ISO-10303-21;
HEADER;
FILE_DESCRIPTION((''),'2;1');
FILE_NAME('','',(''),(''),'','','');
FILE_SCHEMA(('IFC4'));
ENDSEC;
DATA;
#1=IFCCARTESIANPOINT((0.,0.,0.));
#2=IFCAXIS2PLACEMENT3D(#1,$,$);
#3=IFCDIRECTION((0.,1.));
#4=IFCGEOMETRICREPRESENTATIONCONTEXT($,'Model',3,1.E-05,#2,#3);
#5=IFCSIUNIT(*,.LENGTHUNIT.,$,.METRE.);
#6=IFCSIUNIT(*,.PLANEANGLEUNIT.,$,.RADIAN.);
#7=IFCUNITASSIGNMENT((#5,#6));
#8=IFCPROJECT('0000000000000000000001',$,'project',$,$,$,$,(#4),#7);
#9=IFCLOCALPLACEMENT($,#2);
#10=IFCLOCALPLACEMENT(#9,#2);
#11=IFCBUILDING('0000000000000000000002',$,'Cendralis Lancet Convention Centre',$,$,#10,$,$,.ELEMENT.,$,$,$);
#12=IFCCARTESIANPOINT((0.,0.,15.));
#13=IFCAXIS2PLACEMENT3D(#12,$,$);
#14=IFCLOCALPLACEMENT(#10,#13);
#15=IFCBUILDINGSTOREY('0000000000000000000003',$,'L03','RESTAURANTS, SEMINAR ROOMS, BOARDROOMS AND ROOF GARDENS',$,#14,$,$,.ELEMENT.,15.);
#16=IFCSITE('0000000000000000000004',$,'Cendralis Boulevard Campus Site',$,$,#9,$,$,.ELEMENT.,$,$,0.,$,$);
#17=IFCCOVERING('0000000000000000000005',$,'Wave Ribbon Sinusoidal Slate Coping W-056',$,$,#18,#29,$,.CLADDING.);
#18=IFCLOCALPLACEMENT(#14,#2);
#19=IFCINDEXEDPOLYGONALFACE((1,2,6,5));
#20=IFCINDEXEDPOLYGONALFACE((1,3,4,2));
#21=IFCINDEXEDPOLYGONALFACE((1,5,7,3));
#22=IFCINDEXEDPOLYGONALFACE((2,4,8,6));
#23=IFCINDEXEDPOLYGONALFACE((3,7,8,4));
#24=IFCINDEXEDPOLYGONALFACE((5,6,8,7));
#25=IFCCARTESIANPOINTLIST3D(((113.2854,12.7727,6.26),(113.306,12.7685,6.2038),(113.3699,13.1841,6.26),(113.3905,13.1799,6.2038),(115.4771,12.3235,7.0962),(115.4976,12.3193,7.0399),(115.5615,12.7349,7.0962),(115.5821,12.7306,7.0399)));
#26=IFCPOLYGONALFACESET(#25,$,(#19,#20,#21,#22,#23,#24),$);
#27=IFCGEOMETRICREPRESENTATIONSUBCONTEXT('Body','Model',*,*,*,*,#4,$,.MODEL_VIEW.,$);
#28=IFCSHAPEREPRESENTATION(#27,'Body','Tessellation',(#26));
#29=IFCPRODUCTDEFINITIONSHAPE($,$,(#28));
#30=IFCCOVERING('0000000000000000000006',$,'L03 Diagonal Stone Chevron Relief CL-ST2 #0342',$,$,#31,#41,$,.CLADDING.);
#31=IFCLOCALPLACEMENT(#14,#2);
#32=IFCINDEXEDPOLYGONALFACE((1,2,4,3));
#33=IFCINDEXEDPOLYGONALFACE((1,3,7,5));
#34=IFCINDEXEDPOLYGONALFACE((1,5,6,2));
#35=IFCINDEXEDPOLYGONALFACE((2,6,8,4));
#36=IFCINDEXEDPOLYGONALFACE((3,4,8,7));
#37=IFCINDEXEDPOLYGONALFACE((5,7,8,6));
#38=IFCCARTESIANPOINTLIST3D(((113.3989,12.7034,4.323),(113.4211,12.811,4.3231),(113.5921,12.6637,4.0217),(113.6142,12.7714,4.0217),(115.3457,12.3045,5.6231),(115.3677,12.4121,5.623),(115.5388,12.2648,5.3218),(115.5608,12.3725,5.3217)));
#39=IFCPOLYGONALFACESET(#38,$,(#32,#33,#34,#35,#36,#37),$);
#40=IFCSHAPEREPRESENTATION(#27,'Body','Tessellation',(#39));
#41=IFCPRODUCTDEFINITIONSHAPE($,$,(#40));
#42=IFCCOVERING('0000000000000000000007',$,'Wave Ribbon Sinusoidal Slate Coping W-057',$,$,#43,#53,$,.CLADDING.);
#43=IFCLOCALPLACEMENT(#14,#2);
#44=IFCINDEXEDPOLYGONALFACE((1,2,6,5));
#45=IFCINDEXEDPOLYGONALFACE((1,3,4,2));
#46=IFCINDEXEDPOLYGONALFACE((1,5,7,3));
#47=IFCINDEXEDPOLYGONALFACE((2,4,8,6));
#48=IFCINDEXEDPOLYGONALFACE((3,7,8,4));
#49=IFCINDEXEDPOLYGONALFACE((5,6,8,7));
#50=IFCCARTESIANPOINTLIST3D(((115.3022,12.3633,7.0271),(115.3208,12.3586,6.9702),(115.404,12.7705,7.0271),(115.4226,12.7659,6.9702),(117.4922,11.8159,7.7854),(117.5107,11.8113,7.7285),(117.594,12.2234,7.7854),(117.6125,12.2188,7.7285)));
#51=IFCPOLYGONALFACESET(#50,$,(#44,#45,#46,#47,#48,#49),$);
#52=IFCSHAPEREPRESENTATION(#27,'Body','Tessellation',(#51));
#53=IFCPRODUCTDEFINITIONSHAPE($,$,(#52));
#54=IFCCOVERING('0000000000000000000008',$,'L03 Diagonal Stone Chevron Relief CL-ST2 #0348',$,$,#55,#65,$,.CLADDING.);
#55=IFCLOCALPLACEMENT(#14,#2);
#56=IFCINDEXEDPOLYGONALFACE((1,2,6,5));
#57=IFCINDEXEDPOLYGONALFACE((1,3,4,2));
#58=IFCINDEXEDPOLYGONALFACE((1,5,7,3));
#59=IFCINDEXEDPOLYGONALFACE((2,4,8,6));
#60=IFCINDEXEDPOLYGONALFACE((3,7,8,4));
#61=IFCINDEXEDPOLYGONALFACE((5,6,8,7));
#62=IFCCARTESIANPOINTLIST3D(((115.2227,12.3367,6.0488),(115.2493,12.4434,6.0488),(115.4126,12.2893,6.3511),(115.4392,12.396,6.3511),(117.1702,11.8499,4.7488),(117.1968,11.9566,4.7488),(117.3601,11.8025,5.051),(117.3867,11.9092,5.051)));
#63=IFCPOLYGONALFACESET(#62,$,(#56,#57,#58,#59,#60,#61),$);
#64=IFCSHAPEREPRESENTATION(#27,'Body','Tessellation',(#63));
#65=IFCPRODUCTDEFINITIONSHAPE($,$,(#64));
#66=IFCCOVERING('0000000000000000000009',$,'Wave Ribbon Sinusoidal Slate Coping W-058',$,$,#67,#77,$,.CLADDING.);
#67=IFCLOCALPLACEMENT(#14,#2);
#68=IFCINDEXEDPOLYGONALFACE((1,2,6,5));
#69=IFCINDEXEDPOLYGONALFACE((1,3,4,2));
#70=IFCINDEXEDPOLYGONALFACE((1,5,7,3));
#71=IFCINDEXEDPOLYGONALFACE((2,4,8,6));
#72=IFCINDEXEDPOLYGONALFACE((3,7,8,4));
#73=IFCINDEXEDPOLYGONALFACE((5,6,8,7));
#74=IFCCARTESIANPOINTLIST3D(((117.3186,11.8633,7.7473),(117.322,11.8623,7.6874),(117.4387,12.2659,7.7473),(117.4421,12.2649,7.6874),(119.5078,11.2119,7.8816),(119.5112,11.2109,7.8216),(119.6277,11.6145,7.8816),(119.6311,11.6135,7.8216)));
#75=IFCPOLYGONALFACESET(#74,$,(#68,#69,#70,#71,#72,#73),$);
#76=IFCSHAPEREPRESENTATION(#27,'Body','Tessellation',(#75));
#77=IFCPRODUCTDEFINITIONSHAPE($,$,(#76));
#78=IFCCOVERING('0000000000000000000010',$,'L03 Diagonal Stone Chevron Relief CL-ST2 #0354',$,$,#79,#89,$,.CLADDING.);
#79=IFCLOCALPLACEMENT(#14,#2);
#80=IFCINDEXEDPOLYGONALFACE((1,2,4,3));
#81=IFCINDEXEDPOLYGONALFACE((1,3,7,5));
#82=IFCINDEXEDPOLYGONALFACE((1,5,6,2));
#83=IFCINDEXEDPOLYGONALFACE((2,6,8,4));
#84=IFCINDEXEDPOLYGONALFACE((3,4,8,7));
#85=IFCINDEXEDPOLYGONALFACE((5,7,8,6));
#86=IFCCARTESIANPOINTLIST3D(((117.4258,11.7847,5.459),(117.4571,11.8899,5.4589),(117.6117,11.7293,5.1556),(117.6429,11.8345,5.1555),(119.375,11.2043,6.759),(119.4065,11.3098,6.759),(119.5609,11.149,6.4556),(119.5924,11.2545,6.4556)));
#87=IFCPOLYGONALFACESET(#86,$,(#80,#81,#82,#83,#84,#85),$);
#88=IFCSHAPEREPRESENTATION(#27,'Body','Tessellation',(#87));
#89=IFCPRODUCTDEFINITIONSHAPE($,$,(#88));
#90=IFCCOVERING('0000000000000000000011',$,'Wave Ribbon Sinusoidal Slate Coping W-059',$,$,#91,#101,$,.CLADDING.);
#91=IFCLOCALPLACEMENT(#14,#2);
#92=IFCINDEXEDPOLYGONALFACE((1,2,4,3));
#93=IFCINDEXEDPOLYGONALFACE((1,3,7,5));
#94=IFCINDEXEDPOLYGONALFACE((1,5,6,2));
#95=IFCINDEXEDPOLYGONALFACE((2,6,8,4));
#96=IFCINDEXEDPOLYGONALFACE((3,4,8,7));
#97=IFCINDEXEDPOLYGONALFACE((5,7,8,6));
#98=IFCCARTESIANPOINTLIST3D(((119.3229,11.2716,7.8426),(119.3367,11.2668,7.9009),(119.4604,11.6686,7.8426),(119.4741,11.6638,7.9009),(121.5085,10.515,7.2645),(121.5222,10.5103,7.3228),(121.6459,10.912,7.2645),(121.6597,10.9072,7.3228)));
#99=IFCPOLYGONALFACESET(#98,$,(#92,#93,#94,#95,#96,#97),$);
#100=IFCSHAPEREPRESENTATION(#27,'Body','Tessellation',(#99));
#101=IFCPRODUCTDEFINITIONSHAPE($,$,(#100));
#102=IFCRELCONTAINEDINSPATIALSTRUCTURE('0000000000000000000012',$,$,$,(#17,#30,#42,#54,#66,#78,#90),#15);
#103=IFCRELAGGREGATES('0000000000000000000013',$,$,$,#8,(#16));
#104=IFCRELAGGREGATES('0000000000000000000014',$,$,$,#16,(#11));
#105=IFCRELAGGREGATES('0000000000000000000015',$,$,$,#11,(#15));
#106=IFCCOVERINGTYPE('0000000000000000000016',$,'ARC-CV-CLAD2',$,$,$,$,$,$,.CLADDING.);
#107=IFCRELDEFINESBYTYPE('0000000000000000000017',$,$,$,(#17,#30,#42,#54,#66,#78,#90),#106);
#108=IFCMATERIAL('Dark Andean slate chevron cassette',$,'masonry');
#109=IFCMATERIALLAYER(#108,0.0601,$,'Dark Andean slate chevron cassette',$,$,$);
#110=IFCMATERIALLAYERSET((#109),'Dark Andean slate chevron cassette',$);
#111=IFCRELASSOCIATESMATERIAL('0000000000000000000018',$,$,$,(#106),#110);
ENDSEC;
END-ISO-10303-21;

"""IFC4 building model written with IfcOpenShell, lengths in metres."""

from ifc_helpers import new_model, si_unit, direction, frame, origin, place, context, subcontext, project, spatial, polyline, outline, extrude, material, layer, layer_set, type_object, element, save


model = new_model("IFC4")

# Units and contexts
model_context = context("Model", 3, precision=1e-05, world=origin(), true_north=direction((0.0, 1.0)))
body_context = subcontext(model_context, "Body", "Model", "MODEL_VIEW")
ifc_project = project(units=[si_unit("LENGTHUNIT", "METRE"), si_unit("PLANEANGLEUNIT", "RADIAN")], contexts=[model_context])

# Site, building, storey
site_placement = place(None, origin())
site = spatial("IfcSite", under=ifc_project, at=site_placement, Name="Cendralis Boulevard Campus Site", CompositionType="ELEMENT", RefElevation=0.0)
building_placement = place(site_placement, origin())
building = spatial("IfcBuilding", under=site, at=building_placement, Name="Cendralis Lancet Convention Centre", CompositionType="ELEMENT")
storey_placement = place(building_placement, frame((0.0, 0.0, 15.0)))
storey = spatial("IfcBuildingStorey", under=building, at=storey_placement, Name="L03", Description="RESTAURANTS, SEMINAR ROOMS, BOARDROOMS AND ROOF GARDENS", CompositionType="ELEMENT", Elevation=15.0)

# Shared definitions
ifc_material_1 = material(Name="Dark Andean slate chevron cassette", Category="masonry")

# Coverings
ifc_layer_1 = layer(ifc_material_1, 0.0601, Name="Dark Andean slate chevron cassette")
ifc_layer_set_1 = layer_set([ifc_layer_1], Name="Dark Andean slate chevron cassette")
covering_type_1 = type_object("IfcCoveringType", Name="ARC-CV-CLAD2", PredefinedType="CLADDING", material=ifc_layer_set_1)
covering_1_placement = place(storey_placement, frame((113.2854, 12.7727, 6.26), z_axis=(-0.342949, 0.070422, 0.93671), x_axis=(0.917633, -0.188086, 0.350105)))
element("IfcCovering", 1, at=covering_1_placement, inside=storey, type_object=covering_type_1, Name="Wave Ribbon Sinusoidal Slate Coping W-056", PredefinedType="CLADDING", context=body_context, shape_type="SweptSolid", body=[
    extrude(outline(polyline([(0.0, 0.0), (2.3884, 0.0), (2.3885, 0.42), (0.0001, 0.42), (0.0, 0.0)])), origin(), (0.0, 0.0, -1.0), 0.0601),
])
covering_2_placement = place(storey_placement, frame((113.3989, 12.7034, 4.323), z_axis=(-0.536304, 0.110058, 0.836818), x_axis=(0.819784, -0.167987, 0.547481)))
element("IfcCovering", 2, at=covering_2_placement, inside=storey, type_object=covering_type_1, Name="L03 Diagonal Stone Chevron Relief CL-ST2 #0342", PredefinedType="CLADDING", context=body_context, shape_type="SweptSolid", body=[
    extrude(outline(polyline([(0.0, 0.0), (2.3747, 0.0), (2.3746, 0.1099), (0.0001, 0.1099), (0.0, 0.0)])), origin(), (0.0, 0.0, -1.0), 0.3601),
])
covering_3_placement = place(storey_placement, frame((115.3022, 12.3633, 7.0271), z_axis=(-0.308944, 0.077213, 0.947941), x_axis=(0.91965, -0.229861, 0.318447)))
element("IfcCovering", 3, at=covering_3_placement, inside=storey, type_object=covering_type_1, Name="Wave Ribbon Sinusoidal Slate Coping W-057", PredefinedType="CLADDING", context=body_context, shape_type="SweptSolid", body=[
    extrude(outline(polyline([(0.0, 0.0), (2.3813, 0.0), (2.3812, 0.42), (0.0, 0.4198), (0.0, 0.0)])), origin(), (0.0, 0.0, -1.0), 0.0601),
])
covering_4_placement = place(storey_placement, frame((115.4126, 12.2893, 6.3511), z_axis=(0.527423, -0.131554, 0.839356), x_axis=(0.814301, -0.20355, -0.543582)))
element("IfcCovering", 4, at=covering_4_placement, inside=storey, type_object=covering_type_1, Name="L03 Diagonal Stone Chevron Relief CL-ST2 #0348", PredefinedType="CLADDING", context=body_context, shape_type="SweptSolid", body=[
    extrude(outline(polyline([(0.0, 0.0), (2.3916, 0.0), (2.3916, 0.11), (0.0, 0.11), (0.0, 0.0)])), origin(), (0.0, 0.0, -1.0), 0.3601),
])
covering_5_placement = place(storey_placement, frame((117.3186, 11.8633, 7.7473), z_axis=(-0.056245, 0.016764, 0.998276), x_axis=(0.956822, -0.284688, 0.058691)))
element("IfcCovering", 5, at=covering_5_placement, inside=storey, type_object=covering_type_1, Name="Wave Ribbon Sinusoidal Slate Coping W-058", PredefinedType="CLADDING", context=body_context, shape_type="SweptSolid", body=[
    extrude(outline(polyline([(0.0, 0.0), (2.288, 0.0), (2.2881, 0.4201), (0.0003, 0.4201), (0.0, 0.0)])), origin(), (0.0, 0.0, -1.0), 0.0601),
])
covering_6_placement = place(storey_placement, frame((117.4258, 11.7847, 5.459), z_axis=(-0.516176, 0.153716, 0.842576), x_axis=(0.807546, -0.240423, 0.538578)))
element("IfcCovering", 6, at=covering_6_placement, inside=storey, type_object=covering_type_1, Name="L03 Diagonal Stone Chevron Relief CL-ST2 #0354", PredefinedType="CLADDING", context=body_context, shape_type="SweptSolid", body=[
    extrude(outline(polyline([(0.0, 0.0), (2.4138, 0.0), (2.4139, 0.1101), (-0.0001, 0.1098), (0.0, 0.0)])), origin(), (0.0, 0.0, -1.0), 0.3601),
])
covering_7_placement = place(storey_placement, frame((119.3367, 11.2668, 7.9009), z_axis=(0.229158, -0.079346, 0.97015), x_axis=(0.916771, -0.317367, -0.242506)))
element("IfcCovering", 7, at=covering_7_placement, inside=storey, type_object=covering_type_1, Name="Wave Ribbon Sinusoidal Slate Coping W-059", PredefinedType="CLADDING", context=body_context, shape_type="SweptSolid", body=[
    extrude(outline(polyline([(0.0, 0.0), (2.384, 0.0), (2.384, 0.4201), (0.0, 0.4201), (0.0, 0.0)])), origin(), (0.0, 0.0, -1.0), 0.0601),
])

save(model, "model.ifc")
